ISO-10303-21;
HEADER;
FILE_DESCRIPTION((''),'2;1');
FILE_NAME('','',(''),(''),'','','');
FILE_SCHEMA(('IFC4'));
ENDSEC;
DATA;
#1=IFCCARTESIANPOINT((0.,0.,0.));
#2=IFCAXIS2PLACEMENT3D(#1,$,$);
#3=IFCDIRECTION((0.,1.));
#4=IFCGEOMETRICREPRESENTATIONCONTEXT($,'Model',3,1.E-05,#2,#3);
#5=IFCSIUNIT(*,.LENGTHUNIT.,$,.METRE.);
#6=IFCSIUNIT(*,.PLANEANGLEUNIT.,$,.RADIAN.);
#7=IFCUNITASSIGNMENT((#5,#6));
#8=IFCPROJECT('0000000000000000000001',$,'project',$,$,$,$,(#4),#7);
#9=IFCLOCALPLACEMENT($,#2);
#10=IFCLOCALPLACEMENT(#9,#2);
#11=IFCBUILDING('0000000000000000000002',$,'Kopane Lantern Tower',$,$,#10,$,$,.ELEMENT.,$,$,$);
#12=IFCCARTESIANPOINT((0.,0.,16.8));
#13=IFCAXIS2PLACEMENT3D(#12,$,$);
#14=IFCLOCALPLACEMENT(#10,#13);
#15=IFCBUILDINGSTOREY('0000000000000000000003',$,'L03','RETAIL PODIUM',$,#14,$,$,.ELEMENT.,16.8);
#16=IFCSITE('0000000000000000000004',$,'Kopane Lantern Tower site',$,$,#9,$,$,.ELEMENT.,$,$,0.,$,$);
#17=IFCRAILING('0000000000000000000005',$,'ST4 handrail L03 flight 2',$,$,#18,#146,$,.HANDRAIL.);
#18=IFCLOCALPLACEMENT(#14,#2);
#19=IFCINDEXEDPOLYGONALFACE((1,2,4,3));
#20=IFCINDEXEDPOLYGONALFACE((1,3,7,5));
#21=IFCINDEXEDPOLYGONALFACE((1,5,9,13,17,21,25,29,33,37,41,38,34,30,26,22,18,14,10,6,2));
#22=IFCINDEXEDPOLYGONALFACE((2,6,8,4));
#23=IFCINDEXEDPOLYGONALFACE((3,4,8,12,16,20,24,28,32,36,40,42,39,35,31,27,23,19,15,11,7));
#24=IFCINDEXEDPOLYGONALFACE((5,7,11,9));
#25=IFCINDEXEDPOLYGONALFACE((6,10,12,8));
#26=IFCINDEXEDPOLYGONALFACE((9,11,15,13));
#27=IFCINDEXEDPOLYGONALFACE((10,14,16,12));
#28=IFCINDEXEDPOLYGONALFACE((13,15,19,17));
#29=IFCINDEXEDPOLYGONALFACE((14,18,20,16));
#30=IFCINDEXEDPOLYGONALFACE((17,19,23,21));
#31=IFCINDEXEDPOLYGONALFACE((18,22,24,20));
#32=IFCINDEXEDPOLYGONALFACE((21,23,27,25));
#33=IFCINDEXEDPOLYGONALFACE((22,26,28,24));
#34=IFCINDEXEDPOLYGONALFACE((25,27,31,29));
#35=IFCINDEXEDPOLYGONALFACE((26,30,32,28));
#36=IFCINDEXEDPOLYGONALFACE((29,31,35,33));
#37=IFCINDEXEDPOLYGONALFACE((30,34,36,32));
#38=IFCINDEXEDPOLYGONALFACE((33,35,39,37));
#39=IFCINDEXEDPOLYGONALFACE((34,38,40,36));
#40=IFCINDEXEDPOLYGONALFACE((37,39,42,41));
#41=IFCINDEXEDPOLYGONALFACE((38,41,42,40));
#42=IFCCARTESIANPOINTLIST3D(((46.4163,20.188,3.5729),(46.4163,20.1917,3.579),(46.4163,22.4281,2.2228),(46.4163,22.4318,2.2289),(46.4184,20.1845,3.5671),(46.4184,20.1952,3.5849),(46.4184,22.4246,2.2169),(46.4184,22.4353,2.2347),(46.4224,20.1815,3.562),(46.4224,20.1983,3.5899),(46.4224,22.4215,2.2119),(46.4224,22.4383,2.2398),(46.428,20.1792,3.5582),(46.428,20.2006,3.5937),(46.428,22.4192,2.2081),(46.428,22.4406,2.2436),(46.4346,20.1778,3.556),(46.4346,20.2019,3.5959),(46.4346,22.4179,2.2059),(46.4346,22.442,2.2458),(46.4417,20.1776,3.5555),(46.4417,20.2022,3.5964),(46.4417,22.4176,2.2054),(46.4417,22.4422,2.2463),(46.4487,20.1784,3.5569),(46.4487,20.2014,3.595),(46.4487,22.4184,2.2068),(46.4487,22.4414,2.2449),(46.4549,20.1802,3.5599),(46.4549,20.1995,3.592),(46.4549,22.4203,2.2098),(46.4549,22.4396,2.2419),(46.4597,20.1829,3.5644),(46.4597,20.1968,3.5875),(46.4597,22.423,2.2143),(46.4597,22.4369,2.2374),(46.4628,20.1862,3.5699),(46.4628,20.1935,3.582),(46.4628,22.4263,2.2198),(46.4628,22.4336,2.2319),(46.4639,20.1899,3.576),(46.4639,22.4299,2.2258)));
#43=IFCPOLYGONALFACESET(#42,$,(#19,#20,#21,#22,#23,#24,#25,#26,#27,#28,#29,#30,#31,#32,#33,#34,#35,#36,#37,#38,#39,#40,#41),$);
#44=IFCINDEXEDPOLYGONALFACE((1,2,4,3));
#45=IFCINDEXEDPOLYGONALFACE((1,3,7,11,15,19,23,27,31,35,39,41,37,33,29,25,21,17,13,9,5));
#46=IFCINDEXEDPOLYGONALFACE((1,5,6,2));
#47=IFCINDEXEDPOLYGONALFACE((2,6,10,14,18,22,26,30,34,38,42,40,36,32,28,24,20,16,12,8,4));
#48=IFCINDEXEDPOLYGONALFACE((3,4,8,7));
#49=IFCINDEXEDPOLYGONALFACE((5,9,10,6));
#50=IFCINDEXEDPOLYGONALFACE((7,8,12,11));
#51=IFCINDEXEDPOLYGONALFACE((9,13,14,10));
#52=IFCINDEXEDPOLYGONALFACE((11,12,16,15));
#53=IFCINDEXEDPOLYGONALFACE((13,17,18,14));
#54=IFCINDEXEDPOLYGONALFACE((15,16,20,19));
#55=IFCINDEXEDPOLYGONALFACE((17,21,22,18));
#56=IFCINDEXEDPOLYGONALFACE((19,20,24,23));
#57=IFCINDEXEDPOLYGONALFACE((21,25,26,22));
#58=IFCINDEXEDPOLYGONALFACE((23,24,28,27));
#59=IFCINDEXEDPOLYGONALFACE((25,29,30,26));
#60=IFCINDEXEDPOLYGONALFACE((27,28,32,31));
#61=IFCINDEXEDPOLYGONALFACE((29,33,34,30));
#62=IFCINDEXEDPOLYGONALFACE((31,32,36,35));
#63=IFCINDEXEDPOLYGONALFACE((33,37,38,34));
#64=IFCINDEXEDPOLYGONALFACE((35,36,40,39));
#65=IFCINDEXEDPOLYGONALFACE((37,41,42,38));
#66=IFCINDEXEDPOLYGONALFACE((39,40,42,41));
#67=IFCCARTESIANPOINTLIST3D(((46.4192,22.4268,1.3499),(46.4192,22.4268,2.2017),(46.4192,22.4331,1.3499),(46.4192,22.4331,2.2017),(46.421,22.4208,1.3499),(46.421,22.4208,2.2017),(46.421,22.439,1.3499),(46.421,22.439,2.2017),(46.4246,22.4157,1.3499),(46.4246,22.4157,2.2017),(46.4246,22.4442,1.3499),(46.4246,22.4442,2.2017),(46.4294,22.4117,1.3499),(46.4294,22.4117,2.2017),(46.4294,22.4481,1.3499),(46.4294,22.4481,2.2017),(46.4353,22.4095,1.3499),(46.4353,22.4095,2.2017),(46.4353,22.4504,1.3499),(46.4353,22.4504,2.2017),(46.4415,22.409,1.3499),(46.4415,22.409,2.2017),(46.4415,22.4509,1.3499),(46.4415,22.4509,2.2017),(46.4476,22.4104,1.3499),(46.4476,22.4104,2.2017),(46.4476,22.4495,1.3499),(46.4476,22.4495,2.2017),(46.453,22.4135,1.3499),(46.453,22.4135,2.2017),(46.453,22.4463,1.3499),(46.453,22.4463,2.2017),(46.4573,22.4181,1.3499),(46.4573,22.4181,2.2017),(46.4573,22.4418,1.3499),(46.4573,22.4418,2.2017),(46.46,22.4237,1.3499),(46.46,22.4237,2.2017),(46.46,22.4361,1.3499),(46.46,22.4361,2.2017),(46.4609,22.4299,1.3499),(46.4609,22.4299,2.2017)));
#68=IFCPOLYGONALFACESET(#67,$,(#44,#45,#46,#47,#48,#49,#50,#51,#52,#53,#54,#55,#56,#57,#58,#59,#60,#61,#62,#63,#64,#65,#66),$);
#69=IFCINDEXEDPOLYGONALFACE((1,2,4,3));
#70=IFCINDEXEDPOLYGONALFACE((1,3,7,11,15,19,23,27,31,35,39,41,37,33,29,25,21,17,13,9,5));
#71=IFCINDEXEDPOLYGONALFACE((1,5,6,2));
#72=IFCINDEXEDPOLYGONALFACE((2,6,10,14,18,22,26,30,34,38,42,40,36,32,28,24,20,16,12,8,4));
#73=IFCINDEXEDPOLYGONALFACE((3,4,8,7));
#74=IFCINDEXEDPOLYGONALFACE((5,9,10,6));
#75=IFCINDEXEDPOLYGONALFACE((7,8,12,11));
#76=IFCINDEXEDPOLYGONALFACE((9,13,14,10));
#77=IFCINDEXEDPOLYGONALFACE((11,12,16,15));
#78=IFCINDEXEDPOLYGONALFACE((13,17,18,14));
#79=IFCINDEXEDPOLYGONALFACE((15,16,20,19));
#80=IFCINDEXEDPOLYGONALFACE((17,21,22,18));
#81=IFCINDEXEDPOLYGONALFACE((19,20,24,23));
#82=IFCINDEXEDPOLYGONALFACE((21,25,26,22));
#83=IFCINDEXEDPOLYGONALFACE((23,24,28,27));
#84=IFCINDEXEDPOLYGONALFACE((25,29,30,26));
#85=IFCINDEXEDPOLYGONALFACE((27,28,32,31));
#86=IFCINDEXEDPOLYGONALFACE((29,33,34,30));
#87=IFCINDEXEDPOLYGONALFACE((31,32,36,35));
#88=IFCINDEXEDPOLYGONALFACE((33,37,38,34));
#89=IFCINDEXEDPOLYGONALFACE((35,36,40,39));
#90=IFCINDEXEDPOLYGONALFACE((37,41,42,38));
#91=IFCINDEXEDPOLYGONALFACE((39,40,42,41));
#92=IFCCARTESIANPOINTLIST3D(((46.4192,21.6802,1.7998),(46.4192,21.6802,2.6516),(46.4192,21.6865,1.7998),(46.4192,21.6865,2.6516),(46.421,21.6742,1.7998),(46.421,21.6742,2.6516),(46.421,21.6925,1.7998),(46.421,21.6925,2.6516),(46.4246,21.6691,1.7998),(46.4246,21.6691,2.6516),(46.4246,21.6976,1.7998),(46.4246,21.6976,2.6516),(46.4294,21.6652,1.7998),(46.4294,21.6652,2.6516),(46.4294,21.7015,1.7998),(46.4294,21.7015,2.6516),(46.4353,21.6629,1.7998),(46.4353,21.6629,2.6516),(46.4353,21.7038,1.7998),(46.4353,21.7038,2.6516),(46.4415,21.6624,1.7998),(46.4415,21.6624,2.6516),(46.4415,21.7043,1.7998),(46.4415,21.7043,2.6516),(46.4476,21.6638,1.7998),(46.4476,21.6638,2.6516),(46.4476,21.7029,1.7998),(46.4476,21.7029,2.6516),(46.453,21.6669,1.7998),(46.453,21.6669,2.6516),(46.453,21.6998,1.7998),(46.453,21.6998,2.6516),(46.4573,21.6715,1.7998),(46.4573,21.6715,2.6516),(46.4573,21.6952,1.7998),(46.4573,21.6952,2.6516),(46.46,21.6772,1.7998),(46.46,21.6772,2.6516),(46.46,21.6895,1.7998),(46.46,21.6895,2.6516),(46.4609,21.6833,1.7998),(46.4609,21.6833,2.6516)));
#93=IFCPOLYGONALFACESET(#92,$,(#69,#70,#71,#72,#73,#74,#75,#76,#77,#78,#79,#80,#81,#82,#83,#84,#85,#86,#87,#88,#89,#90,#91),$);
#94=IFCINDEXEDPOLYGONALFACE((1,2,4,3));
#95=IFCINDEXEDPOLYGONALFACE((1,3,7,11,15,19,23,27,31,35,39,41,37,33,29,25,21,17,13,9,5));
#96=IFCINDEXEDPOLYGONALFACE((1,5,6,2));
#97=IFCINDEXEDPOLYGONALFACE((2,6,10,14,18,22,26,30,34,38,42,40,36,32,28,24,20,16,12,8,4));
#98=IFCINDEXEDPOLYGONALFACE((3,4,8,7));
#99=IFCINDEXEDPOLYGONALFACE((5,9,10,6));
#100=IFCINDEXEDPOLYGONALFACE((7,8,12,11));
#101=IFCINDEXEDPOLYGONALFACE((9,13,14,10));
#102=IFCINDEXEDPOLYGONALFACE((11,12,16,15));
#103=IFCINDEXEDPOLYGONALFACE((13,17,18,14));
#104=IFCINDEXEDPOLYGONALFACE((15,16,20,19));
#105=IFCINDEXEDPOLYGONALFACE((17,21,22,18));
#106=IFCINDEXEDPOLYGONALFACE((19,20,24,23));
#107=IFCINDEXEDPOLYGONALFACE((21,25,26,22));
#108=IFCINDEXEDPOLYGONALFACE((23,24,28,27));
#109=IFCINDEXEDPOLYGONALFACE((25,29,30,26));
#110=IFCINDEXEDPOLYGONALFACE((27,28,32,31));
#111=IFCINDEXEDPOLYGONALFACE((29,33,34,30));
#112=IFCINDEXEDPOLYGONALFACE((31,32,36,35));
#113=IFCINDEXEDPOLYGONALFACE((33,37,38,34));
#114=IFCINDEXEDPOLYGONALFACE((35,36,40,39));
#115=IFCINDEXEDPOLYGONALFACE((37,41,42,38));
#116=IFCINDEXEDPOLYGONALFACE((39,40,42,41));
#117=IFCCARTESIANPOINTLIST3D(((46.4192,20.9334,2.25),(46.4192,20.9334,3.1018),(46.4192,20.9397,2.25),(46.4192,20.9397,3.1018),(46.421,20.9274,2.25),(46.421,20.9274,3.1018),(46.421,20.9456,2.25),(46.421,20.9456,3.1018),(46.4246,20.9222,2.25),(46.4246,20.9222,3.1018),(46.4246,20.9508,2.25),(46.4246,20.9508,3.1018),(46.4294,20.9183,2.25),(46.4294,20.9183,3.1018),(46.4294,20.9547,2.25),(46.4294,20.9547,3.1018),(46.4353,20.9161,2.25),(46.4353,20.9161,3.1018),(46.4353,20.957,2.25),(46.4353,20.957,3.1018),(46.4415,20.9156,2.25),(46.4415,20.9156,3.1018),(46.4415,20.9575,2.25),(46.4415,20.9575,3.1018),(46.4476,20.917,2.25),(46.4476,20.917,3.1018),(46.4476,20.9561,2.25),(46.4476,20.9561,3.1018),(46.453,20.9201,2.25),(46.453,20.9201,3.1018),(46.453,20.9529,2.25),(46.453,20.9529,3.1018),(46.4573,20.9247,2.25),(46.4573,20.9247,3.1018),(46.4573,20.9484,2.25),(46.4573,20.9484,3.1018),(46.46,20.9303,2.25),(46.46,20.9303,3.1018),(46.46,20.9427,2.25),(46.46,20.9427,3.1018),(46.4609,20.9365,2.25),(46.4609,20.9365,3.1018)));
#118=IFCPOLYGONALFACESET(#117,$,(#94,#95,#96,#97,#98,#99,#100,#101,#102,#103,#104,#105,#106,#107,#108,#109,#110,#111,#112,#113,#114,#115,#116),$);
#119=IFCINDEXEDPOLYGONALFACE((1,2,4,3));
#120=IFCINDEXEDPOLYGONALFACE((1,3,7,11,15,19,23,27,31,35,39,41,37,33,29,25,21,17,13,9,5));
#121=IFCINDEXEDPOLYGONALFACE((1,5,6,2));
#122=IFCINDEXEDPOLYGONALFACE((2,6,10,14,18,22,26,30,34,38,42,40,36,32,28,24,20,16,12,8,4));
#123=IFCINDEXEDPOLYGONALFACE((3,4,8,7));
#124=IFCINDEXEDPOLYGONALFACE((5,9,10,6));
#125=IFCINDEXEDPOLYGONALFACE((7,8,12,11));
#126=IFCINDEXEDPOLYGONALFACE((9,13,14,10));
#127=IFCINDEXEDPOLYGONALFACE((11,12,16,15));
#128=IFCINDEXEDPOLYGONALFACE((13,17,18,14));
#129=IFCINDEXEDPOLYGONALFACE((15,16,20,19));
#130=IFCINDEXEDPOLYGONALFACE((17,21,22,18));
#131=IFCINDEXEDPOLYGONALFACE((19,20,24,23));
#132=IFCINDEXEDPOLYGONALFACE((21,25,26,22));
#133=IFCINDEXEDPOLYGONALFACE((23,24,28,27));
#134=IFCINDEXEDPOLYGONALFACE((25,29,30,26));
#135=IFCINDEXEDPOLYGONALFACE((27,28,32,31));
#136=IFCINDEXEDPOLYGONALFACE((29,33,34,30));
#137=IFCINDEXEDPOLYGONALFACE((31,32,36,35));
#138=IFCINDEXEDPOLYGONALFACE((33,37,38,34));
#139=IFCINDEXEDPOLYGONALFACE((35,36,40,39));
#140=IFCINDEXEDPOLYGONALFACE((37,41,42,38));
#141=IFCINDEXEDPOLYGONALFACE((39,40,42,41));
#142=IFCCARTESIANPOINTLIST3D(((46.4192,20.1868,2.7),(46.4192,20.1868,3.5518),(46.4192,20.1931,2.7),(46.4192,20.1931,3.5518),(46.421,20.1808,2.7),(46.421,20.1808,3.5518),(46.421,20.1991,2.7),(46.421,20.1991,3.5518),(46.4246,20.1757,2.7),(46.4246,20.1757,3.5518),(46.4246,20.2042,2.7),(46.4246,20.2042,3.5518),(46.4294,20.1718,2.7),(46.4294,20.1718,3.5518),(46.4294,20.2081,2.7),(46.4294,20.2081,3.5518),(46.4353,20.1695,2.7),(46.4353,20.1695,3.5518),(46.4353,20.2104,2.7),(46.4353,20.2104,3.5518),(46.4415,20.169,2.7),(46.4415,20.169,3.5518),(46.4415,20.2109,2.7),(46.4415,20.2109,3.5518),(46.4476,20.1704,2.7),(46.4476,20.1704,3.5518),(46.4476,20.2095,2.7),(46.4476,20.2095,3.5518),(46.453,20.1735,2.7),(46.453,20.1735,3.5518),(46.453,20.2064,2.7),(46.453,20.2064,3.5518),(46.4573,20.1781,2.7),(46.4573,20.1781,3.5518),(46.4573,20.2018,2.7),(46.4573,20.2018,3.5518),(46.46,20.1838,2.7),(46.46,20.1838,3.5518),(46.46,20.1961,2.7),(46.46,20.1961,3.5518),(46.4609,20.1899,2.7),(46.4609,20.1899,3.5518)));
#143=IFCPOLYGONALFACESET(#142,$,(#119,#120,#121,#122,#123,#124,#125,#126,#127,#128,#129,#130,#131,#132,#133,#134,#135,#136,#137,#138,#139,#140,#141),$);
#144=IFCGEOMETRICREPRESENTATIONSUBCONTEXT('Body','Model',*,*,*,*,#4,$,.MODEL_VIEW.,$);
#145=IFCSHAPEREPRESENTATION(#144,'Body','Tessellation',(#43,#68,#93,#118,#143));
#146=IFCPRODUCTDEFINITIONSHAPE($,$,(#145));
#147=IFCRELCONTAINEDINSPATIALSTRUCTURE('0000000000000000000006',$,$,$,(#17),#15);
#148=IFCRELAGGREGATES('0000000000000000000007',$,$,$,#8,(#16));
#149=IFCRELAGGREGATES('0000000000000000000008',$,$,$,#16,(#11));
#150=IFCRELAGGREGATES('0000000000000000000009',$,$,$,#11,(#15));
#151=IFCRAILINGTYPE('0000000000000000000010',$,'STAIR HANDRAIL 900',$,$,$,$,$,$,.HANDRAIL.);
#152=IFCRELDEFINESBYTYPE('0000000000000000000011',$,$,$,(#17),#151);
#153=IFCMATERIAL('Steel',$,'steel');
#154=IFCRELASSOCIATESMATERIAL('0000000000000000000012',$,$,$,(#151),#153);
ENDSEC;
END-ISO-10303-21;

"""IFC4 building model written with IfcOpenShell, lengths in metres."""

from ifc_helpers import new_model, si_unit, direction, frame, origin, origin_2d, place, context, subcontext, project, spatial, circle, extrude, material, type_object, element, save


model = new_model("IFC4")

# Units and contexts
model_context = context("Model", 3, precision=1e-05, world=origin(), true_north=direction((0.0, 1.0)))
body_context = subcontext(model_context, "Body", "Model", "MODEL_VIEW")
ifc_project = project(units=[si_unit("LENGTHUNIT", "METRE"), si_unit("PLANEANGLEUNIT", "RADIAN")], contexts=[model_context])

# Site, building, storey
site_placement = place(None, origin())
site = spatial("IfcSite", under=ifc_project, at=site_placement, Name="Kopane Lantern Tower site", CompositionType="ELEMENT", RefElevation=0.0)
building_placement = place(site_placement, origin())
building = spatial("IfcBuilding", under=site, at=building_placement, Name="Kopane Lantern Tower", CompositionType="ELEMENT")
storey_placement = place(building_placement, frame((0.0, 0.0, 16.8)))
storey = spatial("IfcBuildingStorey", under=building, at=storey_placement, Name="L03", Description="RETAIL PODIUM", CompositionType="ELEMENT", Elevation=16.8)

# Railing
ifc_material_1 = material(Name="Steel", Category="steel")
railing_type_1 = type_object("IfcRailingType", Name="STAIR HANDRAIL 900", PredefinedType="HANDRAIL", material=ifc_material_1)
for number, where, name in (
    (1, (46.4399, 22.4299, 1.3499), "ST4 handrail L03 flight 2"),
):
    element("IfcRailing", number, at=place(storey_placement, frame(where)), inside=storey, type_object=railing_type_1, Name=name, PredefinedType="HANDRAIL", context=body_context, shape_type="SweptSolid", body=[
        extrude(circle(Radius=0.0239, at=origin_2d()), frame((0.0, 0.0, 0.876), z_axis=(0.0, -0.856462, 0.516211), x_axis=(1.0, 0.0, 0.0)), (0.0, 0.0, 1.0), 2.6155),
        extrude(circle(Radius=0.021, at=origin_2d()), origin(), (0.0, 0.0, 1.0), 0.8518),
        extrude(circle(Radius=0.021, at=origin_2d()), frame((0.0, -0.7466, 0.45)), (0.0, 0.0, 1.0), 0.8518),
        extrude(circle(Radius=0.021, at=origin_2d()), frame((0.0, -1.4934, 0.9001)), (0.0, 0.0, 1.0), 0.8518),
        extrude(circle(Radius=0.021, at=origin_2d()), frame((0.0, -2.24, 1.3501)), (0.0, 0.0, 1.0), 0.8518),
    ])

save(model, "model.ifc")
